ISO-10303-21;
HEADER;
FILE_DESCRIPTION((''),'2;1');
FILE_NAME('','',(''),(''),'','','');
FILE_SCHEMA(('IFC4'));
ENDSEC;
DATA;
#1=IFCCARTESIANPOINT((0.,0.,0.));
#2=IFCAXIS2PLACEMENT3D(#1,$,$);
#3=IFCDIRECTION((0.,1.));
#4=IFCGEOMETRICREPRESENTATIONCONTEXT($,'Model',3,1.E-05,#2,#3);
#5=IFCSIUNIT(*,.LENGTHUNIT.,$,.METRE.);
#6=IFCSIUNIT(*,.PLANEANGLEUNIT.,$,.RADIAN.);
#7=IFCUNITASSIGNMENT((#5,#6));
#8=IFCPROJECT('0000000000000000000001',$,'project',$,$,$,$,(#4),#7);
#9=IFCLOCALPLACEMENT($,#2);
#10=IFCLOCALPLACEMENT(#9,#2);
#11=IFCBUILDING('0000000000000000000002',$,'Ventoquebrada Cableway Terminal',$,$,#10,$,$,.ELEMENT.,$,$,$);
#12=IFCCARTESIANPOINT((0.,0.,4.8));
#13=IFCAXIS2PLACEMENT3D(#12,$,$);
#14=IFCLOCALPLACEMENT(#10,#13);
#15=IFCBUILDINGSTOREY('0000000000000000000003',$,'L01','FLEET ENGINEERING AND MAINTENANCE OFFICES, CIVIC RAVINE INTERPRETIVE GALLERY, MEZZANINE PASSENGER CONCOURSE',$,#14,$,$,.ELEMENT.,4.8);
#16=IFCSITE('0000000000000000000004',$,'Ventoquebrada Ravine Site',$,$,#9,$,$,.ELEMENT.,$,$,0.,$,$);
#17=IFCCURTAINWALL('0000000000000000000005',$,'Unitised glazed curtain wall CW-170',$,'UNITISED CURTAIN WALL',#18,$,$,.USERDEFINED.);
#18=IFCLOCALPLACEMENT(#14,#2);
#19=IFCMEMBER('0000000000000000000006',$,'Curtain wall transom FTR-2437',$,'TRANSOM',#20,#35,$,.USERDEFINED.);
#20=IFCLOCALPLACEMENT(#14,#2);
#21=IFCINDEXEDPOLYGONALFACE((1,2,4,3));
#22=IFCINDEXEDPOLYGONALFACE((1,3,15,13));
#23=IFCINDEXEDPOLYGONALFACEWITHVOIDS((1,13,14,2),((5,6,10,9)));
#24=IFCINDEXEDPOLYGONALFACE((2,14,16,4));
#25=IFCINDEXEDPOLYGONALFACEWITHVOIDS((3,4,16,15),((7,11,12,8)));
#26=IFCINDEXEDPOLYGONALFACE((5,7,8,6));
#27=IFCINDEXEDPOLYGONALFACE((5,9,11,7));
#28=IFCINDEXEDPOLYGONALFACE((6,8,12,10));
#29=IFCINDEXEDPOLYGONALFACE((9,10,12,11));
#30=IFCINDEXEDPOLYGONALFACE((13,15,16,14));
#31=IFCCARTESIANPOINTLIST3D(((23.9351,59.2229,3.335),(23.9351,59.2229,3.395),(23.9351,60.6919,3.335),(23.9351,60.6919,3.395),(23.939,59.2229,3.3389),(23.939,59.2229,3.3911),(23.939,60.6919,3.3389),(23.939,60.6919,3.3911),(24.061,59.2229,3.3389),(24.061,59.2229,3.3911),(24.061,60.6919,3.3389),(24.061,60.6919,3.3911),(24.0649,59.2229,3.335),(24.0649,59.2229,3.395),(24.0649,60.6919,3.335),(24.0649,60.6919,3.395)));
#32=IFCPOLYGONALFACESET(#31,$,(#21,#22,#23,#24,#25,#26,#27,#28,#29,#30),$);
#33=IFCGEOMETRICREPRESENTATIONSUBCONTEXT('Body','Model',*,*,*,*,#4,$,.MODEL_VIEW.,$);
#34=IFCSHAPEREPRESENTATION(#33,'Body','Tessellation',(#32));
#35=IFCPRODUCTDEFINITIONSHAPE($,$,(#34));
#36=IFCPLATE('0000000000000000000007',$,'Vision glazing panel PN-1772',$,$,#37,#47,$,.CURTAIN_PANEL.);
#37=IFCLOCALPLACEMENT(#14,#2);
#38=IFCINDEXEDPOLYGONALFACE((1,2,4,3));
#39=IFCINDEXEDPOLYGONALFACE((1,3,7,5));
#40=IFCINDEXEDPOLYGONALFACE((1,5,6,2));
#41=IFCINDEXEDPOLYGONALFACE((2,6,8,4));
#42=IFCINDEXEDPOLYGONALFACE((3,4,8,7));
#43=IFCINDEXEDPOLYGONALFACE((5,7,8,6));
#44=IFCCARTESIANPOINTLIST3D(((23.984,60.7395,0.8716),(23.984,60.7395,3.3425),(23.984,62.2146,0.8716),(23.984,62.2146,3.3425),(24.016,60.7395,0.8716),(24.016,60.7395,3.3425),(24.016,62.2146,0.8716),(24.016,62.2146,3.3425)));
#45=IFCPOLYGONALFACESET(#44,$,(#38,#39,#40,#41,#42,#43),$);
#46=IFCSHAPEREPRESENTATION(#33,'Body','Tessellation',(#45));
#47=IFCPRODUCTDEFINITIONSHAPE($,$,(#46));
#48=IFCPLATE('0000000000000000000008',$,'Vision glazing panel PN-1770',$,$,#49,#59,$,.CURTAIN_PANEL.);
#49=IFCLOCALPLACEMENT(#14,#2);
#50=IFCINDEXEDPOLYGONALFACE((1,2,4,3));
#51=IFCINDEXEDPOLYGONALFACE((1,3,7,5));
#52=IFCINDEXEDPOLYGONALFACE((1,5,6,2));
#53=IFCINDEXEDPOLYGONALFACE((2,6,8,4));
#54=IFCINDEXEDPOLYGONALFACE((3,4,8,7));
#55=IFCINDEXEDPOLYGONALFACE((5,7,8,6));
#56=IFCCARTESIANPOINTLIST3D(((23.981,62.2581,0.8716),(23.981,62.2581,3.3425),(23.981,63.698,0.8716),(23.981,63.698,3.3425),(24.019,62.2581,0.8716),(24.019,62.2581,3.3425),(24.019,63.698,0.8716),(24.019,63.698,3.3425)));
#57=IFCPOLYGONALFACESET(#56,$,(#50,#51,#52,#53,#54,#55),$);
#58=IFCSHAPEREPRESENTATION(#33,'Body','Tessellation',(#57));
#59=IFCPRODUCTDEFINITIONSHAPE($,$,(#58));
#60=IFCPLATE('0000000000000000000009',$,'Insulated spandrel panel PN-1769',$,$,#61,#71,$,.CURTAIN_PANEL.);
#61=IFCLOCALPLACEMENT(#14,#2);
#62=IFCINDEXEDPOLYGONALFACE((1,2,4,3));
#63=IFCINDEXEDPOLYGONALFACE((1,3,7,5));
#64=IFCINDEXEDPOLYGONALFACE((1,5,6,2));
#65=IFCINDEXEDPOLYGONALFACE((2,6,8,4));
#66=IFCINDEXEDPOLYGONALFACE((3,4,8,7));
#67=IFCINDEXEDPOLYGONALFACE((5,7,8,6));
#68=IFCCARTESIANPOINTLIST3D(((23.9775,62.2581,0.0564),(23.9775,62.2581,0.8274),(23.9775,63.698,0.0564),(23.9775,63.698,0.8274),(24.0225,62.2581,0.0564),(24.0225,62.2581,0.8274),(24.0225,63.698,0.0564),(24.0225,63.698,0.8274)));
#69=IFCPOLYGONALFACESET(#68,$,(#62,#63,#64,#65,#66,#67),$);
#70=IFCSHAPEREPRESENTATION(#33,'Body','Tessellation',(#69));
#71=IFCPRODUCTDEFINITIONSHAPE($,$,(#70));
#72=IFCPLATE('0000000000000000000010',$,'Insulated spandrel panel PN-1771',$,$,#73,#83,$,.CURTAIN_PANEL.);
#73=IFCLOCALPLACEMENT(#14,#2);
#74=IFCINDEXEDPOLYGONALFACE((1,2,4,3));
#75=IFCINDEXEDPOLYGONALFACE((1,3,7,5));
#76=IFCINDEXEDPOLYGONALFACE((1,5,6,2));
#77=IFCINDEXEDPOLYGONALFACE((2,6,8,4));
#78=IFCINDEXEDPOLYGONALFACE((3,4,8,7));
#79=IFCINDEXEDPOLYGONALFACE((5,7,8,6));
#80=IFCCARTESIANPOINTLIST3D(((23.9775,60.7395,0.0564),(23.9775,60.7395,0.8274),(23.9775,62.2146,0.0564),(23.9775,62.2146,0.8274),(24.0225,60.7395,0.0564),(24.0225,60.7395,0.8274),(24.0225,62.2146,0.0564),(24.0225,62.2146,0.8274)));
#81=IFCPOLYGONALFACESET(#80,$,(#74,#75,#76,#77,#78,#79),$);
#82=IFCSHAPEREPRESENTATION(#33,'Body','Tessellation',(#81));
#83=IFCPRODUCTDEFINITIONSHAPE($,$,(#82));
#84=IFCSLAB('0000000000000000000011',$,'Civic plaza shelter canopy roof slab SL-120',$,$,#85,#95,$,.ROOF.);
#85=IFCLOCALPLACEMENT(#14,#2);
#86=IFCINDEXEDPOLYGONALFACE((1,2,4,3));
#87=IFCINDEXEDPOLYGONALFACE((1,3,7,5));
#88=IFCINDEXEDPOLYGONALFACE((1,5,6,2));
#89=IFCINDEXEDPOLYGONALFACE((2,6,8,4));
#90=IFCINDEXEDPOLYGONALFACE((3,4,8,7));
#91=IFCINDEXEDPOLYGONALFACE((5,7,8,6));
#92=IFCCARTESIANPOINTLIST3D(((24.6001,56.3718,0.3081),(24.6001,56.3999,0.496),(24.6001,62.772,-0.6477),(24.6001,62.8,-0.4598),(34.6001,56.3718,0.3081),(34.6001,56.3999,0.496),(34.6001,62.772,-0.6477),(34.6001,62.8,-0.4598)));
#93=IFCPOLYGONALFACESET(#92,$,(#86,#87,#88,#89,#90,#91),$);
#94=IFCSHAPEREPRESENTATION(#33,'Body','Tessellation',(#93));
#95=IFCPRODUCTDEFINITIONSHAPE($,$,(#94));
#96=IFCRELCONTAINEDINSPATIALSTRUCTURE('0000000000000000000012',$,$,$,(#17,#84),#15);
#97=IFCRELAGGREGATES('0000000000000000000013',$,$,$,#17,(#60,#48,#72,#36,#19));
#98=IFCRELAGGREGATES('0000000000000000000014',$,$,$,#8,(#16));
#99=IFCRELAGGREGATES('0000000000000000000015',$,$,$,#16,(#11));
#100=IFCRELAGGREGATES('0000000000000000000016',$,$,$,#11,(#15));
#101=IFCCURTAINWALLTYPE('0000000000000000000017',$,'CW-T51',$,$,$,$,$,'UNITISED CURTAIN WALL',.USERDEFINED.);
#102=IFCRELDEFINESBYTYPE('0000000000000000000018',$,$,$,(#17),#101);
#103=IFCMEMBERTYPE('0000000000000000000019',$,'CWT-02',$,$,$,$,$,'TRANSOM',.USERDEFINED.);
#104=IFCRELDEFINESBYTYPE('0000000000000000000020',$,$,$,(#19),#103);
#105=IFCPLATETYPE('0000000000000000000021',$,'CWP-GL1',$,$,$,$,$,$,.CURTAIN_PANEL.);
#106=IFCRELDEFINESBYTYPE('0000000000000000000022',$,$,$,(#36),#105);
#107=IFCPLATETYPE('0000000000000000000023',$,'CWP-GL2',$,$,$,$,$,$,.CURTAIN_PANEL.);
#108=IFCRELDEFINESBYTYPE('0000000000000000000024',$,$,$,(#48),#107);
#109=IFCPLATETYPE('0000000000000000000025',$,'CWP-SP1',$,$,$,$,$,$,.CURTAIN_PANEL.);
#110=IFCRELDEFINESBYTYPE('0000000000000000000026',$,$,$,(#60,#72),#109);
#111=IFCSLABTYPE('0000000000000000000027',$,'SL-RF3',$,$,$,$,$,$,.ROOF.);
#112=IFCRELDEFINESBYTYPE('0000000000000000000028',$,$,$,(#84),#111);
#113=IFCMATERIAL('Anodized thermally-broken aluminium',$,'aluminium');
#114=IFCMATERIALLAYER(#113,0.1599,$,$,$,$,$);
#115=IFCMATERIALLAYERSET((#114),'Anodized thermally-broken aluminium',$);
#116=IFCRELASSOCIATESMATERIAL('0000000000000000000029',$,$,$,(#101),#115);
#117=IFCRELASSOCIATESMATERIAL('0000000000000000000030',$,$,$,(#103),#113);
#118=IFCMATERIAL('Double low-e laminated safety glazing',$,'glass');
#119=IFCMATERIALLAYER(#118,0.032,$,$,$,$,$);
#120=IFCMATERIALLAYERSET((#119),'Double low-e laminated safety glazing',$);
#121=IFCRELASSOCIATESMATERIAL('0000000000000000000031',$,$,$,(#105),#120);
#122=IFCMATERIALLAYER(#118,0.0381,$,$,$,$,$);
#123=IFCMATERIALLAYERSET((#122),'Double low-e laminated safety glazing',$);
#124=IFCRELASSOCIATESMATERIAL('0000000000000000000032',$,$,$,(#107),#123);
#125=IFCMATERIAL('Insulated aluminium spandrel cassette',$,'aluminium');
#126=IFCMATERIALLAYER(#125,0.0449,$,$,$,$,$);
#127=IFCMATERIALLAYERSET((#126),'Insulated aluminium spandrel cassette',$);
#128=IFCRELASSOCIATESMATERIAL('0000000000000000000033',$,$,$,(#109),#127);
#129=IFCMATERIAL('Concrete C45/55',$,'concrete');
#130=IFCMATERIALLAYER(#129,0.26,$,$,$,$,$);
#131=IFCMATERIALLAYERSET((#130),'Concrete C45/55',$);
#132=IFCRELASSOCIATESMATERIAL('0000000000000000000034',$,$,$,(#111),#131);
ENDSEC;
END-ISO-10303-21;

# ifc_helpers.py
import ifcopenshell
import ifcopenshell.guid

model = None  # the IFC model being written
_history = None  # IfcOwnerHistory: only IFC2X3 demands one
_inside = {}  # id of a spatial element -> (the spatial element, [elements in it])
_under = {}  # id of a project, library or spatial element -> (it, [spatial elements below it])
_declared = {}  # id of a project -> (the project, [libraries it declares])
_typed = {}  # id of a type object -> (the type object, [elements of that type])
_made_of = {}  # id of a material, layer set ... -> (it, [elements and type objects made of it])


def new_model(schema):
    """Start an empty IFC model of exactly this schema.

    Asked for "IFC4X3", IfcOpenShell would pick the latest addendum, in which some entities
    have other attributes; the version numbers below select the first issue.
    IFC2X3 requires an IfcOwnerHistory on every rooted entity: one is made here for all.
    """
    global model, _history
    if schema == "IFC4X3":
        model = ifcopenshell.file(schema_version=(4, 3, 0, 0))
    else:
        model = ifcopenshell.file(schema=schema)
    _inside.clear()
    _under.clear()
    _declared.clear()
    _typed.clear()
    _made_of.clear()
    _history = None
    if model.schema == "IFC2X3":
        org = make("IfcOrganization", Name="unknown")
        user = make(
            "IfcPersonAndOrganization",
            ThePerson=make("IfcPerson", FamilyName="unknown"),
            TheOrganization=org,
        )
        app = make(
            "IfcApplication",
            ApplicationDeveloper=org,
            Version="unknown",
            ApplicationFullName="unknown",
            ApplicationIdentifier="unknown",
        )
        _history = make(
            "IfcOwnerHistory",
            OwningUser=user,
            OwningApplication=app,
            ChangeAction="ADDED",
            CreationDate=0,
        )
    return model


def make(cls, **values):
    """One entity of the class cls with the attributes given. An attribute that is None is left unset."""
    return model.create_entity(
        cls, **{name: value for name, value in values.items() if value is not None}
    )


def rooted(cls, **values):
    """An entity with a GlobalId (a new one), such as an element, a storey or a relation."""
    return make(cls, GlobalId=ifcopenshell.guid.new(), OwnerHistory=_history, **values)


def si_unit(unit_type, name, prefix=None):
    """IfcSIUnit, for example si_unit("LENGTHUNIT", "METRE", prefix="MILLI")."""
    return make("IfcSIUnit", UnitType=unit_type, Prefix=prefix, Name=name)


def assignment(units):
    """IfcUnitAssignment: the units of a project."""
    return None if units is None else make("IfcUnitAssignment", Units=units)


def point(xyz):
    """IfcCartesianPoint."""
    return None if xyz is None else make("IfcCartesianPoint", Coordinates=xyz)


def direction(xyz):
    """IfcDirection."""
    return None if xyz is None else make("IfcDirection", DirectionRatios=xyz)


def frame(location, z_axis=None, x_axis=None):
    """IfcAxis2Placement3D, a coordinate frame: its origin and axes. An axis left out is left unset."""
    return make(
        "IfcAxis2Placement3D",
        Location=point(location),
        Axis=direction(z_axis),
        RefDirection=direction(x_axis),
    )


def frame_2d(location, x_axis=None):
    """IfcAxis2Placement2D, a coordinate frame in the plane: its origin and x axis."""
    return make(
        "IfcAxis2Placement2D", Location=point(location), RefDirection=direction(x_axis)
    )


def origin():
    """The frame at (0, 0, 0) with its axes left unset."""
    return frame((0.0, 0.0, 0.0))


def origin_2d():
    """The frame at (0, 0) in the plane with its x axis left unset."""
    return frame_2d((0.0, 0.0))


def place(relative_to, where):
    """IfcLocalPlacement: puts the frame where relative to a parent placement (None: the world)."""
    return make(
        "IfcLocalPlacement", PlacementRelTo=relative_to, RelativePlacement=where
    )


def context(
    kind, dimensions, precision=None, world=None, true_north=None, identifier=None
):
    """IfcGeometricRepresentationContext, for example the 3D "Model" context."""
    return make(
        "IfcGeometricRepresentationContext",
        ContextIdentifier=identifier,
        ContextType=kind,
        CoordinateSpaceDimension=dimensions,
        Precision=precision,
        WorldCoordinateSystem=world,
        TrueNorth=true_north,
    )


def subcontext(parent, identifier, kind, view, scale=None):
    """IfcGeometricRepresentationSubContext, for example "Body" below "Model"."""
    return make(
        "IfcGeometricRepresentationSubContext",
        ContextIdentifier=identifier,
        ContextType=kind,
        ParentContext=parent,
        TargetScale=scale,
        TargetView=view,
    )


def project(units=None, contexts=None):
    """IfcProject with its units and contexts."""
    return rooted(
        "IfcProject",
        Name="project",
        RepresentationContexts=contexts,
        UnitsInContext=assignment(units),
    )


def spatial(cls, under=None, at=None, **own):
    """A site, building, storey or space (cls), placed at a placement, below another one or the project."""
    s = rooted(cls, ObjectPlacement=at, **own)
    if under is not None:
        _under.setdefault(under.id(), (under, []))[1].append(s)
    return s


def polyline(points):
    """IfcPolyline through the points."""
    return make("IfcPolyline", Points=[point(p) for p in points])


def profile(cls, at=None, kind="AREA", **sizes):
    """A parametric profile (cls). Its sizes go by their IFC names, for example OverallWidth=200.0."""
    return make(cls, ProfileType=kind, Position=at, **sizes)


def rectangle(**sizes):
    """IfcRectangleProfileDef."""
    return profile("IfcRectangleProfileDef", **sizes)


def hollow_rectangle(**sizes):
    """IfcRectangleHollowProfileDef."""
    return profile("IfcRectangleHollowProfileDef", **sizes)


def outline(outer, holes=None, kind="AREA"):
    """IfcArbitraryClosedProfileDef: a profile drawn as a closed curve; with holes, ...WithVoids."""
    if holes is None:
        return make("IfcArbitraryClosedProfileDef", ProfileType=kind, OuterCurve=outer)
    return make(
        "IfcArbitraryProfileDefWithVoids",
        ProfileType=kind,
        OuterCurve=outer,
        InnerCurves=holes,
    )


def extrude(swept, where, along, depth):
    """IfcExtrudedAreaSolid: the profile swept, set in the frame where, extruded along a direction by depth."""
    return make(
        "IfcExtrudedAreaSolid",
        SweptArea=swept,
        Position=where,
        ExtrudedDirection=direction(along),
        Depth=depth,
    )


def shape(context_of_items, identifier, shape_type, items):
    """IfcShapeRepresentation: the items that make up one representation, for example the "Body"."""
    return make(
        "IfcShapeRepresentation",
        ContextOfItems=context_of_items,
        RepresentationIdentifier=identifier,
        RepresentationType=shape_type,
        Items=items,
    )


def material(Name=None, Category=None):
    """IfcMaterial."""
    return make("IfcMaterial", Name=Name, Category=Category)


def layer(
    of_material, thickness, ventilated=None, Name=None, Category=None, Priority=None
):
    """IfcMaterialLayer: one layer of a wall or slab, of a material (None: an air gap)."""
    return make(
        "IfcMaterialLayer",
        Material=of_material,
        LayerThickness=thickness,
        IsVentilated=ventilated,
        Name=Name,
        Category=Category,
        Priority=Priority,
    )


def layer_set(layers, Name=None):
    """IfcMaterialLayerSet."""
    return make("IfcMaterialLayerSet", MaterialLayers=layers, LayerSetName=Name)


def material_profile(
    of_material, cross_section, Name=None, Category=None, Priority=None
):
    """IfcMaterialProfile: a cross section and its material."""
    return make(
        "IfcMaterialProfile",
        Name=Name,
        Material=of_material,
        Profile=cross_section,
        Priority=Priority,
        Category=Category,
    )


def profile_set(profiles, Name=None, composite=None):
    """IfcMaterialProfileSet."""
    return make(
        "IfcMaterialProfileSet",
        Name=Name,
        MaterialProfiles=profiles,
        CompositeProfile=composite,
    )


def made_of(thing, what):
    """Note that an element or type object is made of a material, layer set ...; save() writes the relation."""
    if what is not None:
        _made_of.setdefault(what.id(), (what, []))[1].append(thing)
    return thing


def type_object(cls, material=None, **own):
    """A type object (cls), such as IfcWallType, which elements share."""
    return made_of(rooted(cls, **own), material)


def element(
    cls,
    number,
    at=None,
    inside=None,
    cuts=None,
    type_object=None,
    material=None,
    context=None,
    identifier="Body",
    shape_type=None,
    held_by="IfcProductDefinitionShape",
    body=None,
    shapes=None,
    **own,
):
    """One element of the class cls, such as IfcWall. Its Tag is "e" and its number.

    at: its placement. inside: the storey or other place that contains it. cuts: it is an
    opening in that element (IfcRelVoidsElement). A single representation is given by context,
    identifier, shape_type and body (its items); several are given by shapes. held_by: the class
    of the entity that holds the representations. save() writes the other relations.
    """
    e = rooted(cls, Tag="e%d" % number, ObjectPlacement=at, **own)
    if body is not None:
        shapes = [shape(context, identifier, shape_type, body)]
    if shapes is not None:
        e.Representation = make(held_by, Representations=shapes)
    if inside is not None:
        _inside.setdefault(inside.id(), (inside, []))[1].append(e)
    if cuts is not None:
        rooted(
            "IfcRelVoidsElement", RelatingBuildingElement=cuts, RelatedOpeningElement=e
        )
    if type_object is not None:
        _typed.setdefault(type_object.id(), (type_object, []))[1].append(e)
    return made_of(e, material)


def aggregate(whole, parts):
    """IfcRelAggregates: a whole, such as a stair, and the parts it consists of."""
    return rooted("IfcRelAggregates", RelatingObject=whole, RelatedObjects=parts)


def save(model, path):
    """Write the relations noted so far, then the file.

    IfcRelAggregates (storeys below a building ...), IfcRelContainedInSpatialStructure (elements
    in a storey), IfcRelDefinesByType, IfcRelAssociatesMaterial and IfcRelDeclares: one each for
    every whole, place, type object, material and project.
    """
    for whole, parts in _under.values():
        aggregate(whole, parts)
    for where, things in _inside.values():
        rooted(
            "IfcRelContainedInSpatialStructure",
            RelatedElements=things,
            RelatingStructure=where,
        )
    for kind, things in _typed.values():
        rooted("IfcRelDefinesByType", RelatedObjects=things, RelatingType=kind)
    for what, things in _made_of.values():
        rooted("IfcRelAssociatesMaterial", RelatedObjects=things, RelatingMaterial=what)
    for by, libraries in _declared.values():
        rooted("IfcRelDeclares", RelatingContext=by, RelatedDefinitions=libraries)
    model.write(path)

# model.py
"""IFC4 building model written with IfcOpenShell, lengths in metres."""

from ifc_helpers import new_model, si_unit, direction, frame, origin, origin_2d, place, context, subcontext, project, spatial, polyline, rectangle, hollow_rectangle, outline, extrude, material, layer, layer_set, material_profile, profile_set, type_object, element, aggregate, save


model = new_model("IFC4")

# Units and contexts
model_context = context("Model", 3, precision=1e-05, world=origin(), true_north=direction((0.0, 1.0)))
body_context = subcontext(model_context, "Body", "Model", "MODEL_VIEW")
ifc_project = project(units=[si_unit("LENGTHUNIT", "METRE"), si_unit("PLANEANGLEUNIT", "RADIAN")], contexts=[model_context])

# Site, building, storey
site_placement = place(None, origin())
site = spatial("IfcSite", under=ifc_project, at=site_placement, Name="Ventoquebrada Ravine Site", CompositionType="ELEMENT", RefElevation=0.0)
building_placement = place(site_placement, origin())
building = spatial("IfcBuilding", under=site, at=building_placement, Name="Ventoquebrada Cableway Terminal", CompositionType="ELEMENT")
storey_placement = place(building_placement, frame((0.0, 0.0, 4.8)))
storey = spatial("IfcBuildingStorey", under=building, at=storey_placement, Name="L01", Description="FLEET ENGINEERING AND MAINTENANCE OFFICES, CIVIC RAVINE INTERPRETIVE GALLERY, MEZZANINE PASSENGER CONCOURSE", CompositionType="ELEMENT", Elevation=4.8)

# Curtain wall, member, plates
ifc_material_1 = material(Name="Anodized thermally-broken aluminium", Category="aluminium")
ifc_layer_1 = layer(ifc_material_1, 0.1599)
ifc_layer_set_1 = layer_set([ifc_layer_1], Name="Anodized thermally-broken aluminium")
curtain_wall_type = type_object("IfcCurtainWallType", Name="CW-T51", ElementType="UNITISED CURTAIN WALL", PredefinedType="USERDEFINED", material=ifc_layer_set_1)
curtain_wall_placement = place(storey_placement, origin())
curtain_wall = element("IfcCurtainWall", 1, at=curtain_wall_placement, inside=storey, type_object=curtain_wall_type, Name="Unitised glazed curtain wall CW-170", ObjectType="UNITISED CURTAIN WALL", PredefinedType="USERDEFINED")
ifc_material_profile_1 = material_profile(ifc_material_1, hollow_rectangle(XDim=0.0601, YDim=0.1299, WallThickness=0.0039, at=origin_2d()), Name="CW-TRN-60X130")
ifc_profile_set_1 = profile_set([ifc_material_profile_1], Name="Anodized thermally-broken aluminium")
member_type_1 = type_object("IfcMemberType", Name="CWT-02", ElementType="TRANSOM", PredefinedType="USERDEFINED", material=ifc_profile_set_1)
member_1_placement = place(storey_placement, frame((24.0, 60.6919, 3.365), z_axis=(0.0, -1.0, 0.0), x_axis=(0.0, 0.0, 1.0)))
member_1 = element("IfcMember", 2, at=member_1_placement, type_object=member_type_1, Name="Curtain wall transom FTR-2437", ObjectType="TRANSOM", PredefinedType="USERDEFINED", context=body_context, shape_type="SweptSolid", body=[
    extrude(hollow_rectangle(XDim=0.0601, YDim=0.1299, WallThickness=0.0039, at=origin_2d()), origin(), (0.0, 0.0, 1.0), 1.469),
])
ifc_material_2 = material(Name="Double low-e laminated safety glazing", Category="glass")
ifc_layer_2 = layer(ifc_material_2, 0.032)
ifc_layer_set_2 = layer_set([ifc_layer_2], Name="Double low-e laminated safety glazing")
plate_type_1 = type_object("IfcPlateType", Name="CWP-GL1", PredefinedType="CURTAIN_PANEL", material=ifc_layer_set_2)
plate_1_placement = place(storey_placement, frame((24.0, 61.4771, 0.8716), z_axis=(0.0, 0.0, 1.0), x_axis=(0.0, -1.0, 0.0)))
plate_1 = element("IfcPlate", 3, at=plate_1_placement, type_object=plate_type_1, Name="Vision glazing panel PN-1772", PredefinedType="CURTAIN_PANEL", context=body_context, shape_type="SweptSolid", body=[
    extrude(rectangle(XDim=1.4751, YDim=0.032, at=origin_2d()), origin(), (0.0, 0.0, 1.0), 2.4709),
])
ifc_layer_3 = layer(ifc_material_2, 0.0381)
ifc_layer_set_3 = layer_set([ifc_layer_3], Name="Double low-e laminated safety glazing")
plate_type_2 = type_object("IfcPlateType", Name="CWP-GL2", PredefinedType="CURTAIN_PANEL", material=ifc_layer_set_3)
plate_2_placement = place(storey_placement, frame((24.0, 62.978, 0.8716), z_axis=(0.0, 0.0, 1.0), x_axis=(0.0, -1.0, 0.0)))
plate_2 = element("IfcPlate", 4, at=plate_2_placement, type_object=plate_type_2, Name="Vision glazing panel PN-1770", PredefinedType="CURTAIN_PANEL", context=body_context, shape_type="SweptSolid", body=[
    extrude(rectangle(XDim=1.4399, YDim=0.0381, at=origin_2d()), origin(), (0.0, 0.0, 1.0), 2.4709),
])
ifc_material_3 = material(Name="Insulated aluminium spandrel cassette", Category="aluminium")
ifc_layer_4 = layer(ifc_material_3, 0.0449)
ifc_layer_set_4 = layer_set([ifc_layer_4], Name="Insulated aluminium spandrel cassette")
plate_type_3 = type_object("IfcPlateType", Name="CWP-SP1", PredefinedType="CURTAIN_PANEL", material=ifc_layer_set_4)
plate_3_placement = place(storey_placement, frame((24.0, 62.978, 0.0564), z_axis=(0.0, 0.0, 1.0), x_axis=(0.0, -1.0, 0.0)))
plate_3 = element("IfcPlate", 5, at=plate_3_placement, type_object=plate_type_3, Name="Insulated spandrel panel PN-1769", PredefinedType="CURTAIN_PANEL", context=body_context, shape_type="SweptSolid", body=[
    extrude(rectangle(XDim=1.4399, YDim=0.0449, at=origin_2d()), origin(), (0.0, 0.0, 1.0), 0.771),
])
plate_4_placement = place(storey_placement, frame((24.0, 61.4771, 0.0564), z_axis=(0.0, 0.0, 1.0), x_axis=(0.0, -1.0, 0.0)))
plate_4 = element("IfcPlate", 6, at=plate_4_placement, type_object=plate_type_3, Name="Insulated spandrel panel PN-1771", PredefinedType="CURTAIN_PANEL", context=body_context, shape_type="SweptSolid", body=[
    extrude(rectangle(XDim=1.4751, YDim=0.0449, at=origin_2d()), origin(), (0.0, 0.0, 1.0), 0.771),
])
aggregate(curtain_wall, [plate_3, plate_2, plate_4, plate_1, member_1])

# Slab
ifc_material_4 = material(Name="Concrete C45/55", Category="concrete")
ifc_layer_5 = layer(ifc_material_4, 0.26)
ifc_layer_set_5 = layer_set([ifc_layer_5], Name="Concrete C45/55")
slab_type = type_object("IfcSlabType", Name="SL-RF3", PredefinedType="ROOF", material=ifc_layer_set_5)
slab_placement = place(storey_placement, frame((24.6001, 56.3718, 0.3081), z_axis=(0.0, 0.147704, 0.989032), x_axis=(1.0, 0.0, 0.0)))
element("IfcSlab", 7, at=slab_placement, inside=storey, type_object=slab_type, Name="Civic plaza shelter canopy roof slab SL-120", PredefinedType="ROOF", context=body_context, shape_type="SweptSolid", body=[
    extrude(outline(polyline([(0.0, 0.0), (10.0, 0.0), (10.0, 6.4711), (0.0, 6.4711), (0.0, 0.0)])), origin(), (0.0, 0.0, 1.0), 0.1899),
])

save(model, "model.ifc")
